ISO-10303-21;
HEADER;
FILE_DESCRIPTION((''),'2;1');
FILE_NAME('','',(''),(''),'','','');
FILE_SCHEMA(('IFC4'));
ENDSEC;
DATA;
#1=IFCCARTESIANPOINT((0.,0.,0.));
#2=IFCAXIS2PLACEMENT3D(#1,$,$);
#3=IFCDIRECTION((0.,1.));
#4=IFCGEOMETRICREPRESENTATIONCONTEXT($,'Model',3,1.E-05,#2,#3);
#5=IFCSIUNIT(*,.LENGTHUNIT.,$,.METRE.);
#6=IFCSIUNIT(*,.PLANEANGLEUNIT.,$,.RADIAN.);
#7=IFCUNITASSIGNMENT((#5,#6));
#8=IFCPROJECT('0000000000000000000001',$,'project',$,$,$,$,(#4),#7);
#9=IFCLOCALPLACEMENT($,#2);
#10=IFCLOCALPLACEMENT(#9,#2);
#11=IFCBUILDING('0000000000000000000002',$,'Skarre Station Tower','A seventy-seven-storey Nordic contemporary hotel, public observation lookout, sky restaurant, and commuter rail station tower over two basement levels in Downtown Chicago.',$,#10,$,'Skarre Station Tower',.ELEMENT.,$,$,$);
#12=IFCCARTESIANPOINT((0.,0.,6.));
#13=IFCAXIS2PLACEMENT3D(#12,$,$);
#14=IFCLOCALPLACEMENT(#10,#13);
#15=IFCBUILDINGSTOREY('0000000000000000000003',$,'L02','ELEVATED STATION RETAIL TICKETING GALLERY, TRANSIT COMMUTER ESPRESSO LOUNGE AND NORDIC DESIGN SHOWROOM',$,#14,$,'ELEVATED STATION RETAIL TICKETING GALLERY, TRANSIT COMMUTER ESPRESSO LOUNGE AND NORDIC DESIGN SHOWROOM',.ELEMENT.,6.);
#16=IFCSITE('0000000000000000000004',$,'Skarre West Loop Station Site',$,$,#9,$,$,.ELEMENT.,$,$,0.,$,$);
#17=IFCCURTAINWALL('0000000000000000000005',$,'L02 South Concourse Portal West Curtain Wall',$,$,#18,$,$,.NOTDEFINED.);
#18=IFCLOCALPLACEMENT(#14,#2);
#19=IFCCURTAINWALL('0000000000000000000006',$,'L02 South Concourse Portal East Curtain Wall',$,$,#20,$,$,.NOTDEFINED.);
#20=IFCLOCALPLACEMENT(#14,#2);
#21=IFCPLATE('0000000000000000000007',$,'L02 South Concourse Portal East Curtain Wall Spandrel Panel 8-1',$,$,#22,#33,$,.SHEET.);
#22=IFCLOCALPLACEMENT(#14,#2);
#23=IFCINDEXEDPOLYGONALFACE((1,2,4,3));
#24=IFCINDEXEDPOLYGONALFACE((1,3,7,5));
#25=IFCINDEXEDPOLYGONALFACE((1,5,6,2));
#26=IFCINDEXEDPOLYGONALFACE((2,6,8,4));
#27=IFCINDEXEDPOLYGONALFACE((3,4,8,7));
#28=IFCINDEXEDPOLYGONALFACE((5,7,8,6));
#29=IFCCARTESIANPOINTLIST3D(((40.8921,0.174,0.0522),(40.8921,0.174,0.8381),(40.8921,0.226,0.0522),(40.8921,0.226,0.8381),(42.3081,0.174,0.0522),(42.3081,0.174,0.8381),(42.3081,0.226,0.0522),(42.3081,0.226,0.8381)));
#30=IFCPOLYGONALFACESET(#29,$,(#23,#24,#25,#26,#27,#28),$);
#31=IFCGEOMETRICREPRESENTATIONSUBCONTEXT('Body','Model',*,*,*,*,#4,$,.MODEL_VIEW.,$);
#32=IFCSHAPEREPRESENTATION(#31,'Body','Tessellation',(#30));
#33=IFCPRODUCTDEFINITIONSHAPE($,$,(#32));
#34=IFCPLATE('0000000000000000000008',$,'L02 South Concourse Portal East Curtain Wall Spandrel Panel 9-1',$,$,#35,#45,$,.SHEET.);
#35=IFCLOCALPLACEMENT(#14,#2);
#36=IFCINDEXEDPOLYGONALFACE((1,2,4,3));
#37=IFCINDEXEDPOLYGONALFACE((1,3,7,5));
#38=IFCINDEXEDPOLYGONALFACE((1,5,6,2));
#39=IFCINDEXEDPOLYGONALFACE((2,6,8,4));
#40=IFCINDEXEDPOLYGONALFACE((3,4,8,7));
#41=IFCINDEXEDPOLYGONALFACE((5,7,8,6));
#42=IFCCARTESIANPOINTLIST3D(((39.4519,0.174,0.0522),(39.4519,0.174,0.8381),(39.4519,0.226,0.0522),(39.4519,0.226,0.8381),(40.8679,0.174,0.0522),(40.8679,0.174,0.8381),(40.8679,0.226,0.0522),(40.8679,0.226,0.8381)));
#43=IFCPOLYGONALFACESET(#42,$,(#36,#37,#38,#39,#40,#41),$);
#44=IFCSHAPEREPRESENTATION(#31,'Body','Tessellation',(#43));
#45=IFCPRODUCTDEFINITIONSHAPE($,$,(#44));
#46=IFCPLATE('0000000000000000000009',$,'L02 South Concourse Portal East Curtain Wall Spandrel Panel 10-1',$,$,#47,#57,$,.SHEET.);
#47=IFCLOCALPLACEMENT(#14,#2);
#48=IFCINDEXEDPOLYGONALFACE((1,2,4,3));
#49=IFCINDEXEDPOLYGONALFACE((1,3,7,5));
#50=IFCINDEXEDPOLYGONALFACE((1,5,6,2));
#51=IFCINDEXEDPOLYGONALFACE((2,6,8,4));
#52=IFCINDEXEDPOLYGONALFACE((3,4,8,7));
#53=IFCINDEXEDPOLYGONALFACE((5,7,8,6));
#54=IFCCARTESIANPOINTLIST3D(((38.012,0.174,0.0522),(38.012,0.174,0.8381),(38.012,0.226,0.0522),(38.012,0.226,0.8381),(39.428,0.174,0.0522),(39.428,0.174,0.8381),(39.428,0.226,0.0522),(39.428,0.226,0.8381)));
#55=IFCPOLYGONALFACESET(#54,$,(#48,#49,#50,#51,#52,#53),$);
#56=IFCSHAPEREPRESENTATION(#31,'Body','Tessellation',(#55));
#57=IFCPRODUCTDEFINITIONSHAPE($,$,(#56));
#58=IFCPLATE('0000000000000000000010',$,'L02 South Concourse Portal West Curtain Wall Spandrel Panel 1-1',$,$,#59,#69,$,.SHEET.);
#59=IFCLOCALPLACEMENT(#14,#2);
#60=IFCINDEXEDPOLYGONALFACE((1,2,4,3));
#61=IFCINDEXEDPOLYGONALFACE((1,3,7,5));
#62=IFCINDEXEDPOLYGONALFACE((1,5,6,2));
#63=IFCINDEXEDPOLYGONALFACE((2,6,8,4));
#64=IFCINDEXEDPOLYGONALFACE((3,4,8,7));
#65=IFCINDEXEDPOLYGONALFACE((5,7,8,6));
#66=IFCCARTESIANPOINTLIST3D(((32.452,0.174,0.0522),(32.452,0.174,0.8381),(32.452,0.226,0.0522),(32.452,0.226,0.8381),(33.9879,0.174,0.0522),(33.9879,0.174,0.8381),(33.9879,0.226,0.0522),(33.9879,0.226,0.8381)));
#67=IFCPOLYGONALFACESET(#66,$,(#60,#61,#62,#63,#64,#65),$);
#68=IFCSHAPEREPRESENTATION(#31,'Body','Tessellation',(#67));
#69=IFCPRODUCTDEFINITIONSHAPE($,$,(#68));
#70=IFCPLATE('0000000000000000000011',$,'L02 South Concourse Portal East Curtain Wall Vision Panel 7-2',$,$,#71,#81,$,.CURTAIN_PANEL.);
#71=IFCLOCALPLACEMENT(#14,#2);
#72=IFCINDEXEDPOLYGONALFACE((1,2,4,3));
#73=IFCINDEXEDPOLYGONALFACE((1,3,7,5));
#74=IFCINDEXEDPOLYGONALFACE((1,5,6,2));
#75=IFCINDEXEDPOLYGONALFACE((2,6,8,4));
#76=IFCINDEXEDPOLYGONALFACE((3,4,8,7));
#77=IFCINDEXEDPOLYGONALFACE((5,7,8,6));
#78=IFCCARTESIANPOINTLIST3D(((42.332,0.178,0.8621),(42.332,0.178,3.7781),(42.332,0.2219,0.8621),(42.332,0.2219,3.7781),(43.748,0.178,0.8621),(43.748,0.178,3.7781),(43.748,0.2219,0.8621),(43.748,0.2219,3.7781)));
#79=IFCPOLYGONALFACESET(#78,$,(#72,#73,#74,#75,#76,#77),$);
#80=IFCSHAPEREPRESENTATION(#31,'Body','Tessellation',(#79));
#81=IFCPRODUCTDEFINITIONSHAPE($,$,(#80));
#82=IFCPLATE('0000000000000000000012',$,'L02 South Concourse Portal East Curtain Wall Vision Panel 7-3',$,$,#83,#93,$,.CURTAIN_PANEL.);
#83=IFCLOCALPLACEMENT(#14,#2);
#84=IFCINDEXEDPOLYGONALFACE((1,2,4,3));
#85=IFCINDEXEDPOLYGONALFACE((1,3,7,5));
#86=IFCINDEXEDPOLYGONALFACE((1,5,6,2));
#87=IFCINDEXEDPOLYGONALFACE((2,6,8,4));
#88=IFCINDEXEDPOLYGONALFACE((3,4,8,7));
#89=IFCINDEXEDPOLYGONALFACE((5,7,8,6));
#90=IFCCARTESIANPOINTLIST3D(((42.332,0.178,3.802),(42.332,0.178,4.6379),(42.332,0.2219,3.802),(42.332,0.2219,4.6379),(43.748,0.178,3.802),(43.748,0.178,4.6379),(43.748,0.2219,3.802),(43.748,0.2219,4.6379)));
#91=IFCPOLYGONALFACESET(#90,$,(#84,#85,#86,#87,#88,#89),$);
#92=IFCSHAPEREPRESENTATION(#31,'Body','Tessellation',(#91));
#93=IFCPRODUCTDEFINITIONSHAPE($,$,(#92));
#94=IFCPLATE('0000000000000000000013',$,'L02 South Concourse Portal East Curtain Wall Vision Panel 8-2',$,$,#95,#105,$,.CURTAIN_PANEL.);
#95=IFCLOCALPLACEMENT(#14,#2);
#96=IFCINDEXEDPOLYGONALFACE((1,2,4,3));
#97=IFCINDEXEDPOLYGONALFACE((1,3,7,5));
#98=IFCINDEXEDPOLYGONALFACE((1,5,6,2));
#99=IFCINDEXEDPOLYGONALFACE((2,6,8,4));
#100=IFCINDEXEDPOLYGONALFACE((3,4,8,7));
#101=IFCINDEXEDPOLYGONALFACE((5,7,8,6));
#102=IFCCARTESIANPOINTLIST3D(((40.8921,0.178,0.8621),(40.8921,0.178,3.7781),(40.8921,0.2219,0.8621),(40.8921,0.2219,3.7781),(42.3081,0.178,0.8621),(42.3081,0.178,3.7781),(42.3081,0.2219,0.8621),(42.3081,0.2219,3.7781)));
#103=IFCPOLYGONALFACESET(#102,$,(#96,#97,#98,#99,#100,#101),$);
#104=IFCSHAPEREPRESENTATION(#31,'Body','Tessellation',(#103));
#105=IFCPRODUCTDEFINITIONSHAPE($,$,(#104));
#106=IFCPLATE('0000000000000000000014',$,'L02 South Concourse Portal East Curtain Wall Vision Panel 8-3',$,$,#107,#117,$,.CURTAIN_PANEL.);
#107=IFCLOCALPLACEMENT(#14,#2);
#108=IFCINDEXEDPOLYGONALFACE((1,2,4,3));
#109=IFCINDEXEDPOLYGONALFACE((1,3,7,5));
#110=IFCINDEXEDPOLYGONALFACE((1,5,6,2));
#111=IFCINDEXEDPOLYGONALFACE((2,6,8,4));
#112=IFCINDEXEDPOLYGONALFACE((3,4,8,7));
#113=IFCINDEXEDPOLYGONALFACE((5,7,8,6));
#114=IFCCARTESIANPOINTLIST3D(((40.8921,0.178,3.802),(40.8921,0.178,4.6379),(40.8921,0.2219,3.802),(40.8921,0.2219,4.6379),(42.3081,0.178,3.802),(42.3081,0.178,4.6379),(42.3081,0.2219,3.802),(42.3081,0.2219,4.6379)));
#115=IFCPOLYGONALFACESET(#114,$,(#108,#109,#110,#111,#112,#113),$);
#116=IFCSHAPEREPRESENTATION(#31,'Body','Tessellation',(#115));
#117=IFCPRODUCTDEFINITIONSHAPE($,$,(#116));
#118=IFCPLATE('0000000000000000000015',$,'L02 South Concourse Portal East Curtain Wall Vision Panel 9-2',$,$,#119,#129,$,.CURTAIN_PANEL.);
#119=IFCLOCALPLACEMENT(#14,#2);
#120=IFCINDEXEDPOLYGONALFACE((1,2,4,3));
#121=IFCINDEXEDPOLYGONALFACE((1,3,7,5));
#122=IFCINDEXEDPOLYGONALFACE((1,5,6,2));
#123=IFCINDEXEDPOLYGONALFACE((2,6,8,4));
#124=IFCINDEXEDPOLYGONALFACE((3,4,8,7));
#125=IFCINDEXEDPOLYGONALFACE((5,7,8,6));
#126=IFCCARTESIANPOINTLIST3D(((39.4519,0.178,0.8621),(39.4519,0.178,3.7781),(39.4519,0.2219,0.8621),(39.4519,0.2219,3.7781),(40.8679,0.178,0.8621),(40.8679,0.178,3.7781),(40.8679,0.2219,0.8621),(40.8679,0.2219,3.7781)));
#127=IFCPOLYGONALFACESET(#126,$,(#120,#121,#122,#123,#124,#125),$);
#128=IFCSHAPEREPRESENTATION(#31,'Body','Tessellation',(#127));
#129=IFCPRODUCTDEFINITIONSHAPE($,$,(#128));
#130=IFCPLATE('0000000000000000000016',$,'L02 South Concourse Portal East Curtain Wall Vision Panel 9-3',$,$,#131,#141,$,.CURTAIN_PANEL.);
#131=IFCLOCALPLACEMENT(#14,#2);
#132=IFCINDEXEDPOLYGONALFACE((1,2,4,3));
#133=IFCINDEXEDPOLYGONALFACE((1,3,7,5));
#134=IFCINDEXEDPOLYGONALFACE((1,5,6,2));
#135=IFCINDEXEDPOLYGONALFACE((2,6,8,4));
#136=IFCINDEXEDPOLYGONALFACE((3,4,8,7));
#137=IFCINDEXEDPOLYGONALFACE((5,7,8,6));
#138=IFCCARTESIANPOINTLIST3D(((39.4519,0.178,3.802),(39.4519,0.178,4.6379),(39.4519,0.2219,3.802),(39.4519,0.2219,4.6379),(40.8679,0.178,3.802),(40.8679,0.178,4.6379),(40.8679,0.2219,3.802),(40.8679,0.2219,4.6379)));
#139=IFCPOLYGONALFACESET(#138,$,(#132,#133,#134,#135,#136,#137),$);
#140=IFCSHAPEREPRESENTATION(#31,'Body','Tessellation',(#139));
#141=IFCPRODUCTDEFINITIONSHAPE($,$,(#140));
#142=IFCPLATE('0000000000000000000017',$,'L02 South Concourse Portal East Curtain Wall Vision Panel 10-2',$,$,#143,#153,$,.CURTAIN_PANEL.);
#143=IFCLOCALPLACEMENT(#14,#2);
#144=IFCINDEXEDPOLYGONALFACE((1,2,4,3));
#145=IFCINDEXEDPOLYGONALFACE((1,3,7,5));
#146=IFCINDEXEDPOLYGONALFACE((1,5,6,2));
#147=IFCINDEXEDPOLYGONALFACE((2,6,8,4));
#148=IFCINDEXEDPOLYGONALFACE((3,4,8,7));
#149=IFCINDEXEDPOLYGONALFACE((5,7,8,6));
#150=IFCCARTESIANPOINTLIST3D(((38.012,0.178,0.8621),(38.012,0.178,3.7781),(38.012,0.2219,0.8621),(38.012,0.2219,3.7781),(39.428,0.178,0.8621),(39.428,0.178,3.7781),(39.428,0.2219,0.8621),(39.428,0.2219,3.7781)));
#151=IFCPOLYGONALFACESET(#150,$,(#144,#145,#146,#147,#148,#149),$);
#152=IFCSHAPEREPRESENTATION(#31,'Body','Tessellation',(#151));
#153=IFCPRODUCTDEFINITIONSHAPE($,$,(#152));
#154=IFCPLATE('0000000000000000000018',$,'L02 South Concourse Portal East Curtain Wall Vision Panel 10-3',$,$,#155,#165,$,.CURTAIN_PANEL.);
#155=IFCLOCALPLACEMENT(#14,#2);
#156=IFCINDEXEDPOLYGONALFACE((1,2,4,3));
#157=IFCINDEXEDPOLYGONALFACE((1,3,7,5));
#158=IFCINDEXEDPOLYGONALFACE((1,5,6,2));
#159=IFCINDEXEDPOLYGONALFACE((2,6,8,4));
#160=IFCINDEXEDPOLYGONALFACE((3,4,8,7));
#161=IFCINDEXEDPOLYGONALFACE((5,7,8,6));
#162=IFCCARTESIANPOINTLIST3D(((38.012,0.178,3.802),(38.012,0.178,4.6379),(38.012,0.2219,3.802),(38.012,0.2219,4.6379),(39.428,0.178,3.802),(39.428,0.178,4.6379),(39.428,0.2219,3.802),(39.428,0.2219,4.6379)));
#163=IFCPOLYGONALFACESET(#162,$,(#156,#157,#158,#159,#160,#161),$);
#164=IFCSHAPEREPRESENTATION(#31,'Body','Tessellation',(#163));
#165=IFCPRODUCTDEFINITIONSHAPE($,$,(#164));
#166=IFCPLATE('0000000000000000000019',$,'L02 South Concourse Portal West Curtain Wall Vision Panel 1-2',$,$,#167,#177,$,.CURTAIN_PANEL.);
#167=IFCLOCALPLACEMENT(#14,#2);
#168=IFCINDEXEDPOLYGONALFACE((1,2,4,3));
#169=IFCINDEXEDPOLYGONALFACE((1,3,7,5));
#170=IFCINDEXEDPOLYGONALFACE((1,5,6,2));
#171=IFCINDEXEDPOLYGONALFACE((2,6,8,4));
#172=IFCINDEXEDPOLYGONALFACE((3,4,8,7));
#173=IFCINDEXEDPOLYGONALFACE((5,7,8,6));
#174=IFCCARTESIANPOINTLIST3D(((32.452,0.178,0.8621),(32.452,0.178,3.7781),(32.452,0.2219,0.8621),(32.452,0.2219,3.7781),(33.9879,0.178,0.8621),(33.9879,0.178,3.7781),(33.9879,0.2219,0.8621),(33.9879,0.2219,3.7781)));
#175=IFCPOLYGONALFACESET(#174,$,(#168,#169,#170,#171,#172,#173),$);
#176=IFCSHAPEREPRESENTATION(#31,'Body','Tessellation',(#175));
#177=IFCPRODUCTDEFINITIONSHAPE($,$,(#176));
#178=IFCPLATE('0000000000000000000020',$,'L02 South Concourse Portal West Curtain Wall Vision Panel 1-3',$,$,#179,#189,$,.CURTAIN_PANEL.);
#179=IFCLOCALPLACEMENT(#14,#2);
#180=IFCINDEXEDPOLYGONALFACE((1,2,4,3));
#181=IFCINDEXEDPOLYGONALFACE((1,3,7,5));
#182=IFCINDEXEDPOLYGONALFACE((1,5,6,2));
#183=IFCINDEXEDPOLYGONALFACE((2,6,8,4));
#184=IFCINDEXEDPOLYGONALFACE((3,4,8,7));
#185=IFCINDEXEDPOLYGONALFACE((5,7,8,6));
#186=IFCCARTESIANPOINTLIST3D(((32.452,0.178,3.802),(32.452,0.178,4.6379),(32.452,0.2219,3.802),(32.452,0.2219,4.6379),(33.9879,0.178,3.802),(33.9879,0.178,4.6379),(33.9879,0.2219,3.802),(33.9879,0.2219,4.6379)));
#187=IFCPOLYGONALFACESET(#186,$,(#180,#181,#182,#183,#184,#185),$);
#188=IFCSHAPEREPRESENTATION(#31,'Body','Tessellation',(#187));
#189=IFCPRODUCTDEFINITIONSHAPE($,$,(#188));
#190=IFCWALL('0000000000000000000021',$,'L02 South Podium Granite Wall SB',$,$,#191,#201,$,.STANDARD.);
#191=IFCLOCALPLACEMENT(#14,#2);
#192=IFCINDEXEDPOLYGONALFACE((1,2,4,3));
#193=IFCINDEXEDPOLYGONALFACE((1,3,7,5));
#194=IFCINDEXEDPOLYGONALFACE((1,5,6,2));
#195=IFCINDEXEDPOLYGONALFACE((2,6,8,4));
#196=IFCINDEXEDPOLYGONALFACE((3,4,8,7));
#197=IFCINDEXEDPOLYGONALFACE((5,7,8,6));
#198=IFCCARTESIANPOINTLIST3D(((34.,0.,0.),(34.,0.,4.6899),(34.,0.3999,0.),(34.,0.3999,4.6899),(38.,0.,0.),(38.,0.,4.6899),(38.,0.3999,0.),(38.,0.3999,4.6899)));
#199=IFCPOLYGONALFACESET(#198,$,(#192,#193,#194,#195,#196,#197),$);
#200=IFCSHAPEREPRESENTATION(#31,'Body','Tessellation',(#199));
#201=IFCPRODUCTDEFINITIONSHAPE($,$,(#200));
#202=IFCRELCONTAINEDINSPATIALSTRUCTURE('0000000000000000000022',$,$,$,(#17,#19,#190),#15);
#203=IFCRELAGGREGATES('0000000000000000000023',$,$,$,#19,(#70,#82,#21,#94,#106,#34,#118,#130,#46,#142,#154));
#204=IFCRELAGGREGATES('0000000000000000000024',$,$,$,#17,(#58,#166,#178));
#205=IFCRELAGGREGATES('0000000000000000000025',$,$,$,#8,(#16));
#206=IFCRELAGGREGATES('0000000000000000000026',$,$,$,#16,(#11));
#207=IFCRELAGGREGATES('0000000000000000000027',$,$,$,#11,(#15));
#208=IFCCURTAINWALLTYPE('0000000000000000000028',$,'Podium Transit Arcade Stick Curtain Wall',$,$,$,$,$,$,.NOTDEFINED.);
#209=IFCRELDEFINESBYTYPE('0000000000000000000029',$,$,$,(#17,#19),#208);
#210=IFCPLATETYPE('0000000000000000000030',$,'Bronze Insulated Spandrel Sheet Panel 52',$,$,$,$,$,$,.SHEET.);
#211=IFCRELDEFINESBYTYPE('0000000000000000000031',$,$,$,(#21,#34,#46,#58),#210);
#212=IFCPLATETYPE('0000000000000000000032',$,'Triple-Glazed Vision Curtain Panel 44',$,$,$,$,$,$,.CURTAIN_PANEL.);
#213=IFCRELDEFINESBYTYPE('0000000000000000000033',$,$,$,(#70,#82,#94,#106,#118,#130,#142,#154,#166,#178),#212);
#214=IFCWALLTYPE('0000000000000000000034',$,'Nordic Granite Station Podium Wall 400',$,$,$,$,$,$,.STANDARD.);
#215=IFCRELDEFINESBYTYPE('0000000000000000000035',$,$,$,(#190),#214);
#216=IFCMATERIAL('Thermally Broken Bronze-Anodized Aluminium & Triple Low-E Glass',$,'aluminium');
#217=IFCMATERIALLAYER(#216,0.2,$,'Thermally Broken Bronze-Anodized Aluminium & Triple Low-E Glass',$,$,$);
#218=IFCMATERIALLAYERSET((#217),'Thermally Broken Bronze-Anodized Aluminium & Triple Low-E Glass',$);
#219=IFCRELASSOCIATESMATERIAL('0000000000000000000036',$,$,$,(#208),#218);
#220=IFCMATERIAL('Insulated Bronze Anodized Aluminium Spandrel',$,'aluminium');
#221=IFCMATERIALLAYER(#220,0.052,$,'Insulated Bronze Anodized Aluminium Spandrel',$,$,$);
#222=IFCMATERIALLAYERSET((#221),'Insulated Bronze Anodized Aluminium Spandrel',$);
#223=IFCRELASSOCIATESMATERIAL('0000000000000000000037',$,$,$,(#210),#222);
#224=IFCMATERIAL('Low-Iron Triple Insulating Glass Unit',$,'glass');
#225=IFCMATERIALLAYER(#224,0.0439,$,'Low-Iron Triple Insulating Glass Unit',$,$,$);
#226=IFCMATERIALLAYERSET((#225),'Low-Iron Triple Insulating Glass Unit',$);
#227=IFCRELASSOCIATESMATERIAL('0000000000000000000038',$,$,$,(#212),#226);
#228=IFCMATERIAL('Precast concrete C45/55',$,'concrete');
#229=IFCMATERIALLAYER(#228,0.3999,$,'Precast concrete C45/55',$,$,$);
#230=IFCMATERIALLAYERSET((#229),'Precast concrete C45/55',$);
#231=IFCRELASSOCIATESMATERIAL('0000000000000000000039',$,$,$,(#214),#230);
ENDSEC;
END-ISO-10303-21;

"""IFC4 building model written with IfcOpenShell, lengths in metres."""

from ifc_helpers import new_model, si_unit, direction, frame, frame_2d, origin, origin_2d, place, context, subcontext, project, spatial, rectangle, extrude, material, layer, layer_set, type_object, element, aggregate, save


model = new_model("IFC4")

# Units and contexts
model_context = context("Model", 3, precision=1e-05, world=origin(), true_north=direction((0.0, 1.0)))
body_context = subcontext(model_context, "Body", "Model", "MODEL_VIEW")
ifc_project = project(units=[si_unit("LENGTHUNIT", "METRE"), si_unit("PLANEANGLEUNIT", "RADIAN")], contexts=[model_context])

# Site, building, storey
site_placement = place(None, origin())
site = spatial("IfcSite", under=ifc_project, at=site_placement, Name="Skarre West Loop Station Site", CompositionType="ELEMENT", RefElevation=0.0)
building_placement = place(site_placement, origin())
building = spatial("IfcBuilding", under=site, at=building_placement, Name="Skarre Station Tower", Description="A seventy-seven-storey Nordic contemporary hotel, public observation lookout, sky restaurant, and commuter rail station tower over two basement levels in Downtown Chicago.", LongName="Skarre Station Tower", CompositionType="ELEMENT")
storey_placement = place(building_placement, frame((0.0, 0.0, 6.0)))
storey = spatial("IfcBuildingStorey", under=building, at=storey_placement, Name="L02", Description="ELEVATED STATION RETAIL TICKETING GALLERY, TRANSIT COMMUTER ESPRESSO LOUNGE AND NORDIC DESIGN SHOWROOM", LongName="ELEVATED STATION RETAIL TICKETING GALLERY, TRANSIT COMMUTER ESPRESSO LOUNGE AND NORDIC DESIGN SHOWROOM", CompositionType="ELEMENT", Elevation=6.0)

# Curtain walls
ifc_material_1 = material(Name="Thermally Broken Bronze-Anodized Aluminium & Triple Low-E Glass", Category="aluminium")
ifc_layer_1 = layer(ifc_material_1, 0.2, Name="Thermally Broken Bronze-Anodized Aluminium & Triple Low-E Glass")
ifc_layer_set_1 = layer_set([ifc_layer_1], Name="Thermally Broken Bronze-Anodized Aluminium & Triple Low-E Glass")
curtain_wall_type = type_object("IfcCurtainWallType", Name="Podium Transit Arcade Stick Curtain Wall", PredefinedType="NOTDEFINED", material=ifc_layer_set_1)
curtain_wall_1_placement = place(storey_placement, origin())
curtain_wall_1 = element("IfcCurtainWall", 1, at=curtain_wall_1_placement, inside=storey, type_object=curtain_wall_type, Name="L02 South Concourse Portal West Curtain Wall", PredefinedType="NOTDEFINED")
curtain_wall_2_placement = place(storey_placement, origin())
curtain_wall_2 = element("IfcCurtainWall", 2, at=curtain_wall_2_placement, inside=storey, type_object=curtain_wall_type, Name="L02 South Concourse Portal East Curtain Wall", PredefinedType="NOTDEFINED")

# Plates
ifc_material_2 = material(Name="Insulated Bronze Anodized Aluminium Spandrel", Category="aluminium")
ifc_layer_2 = layer(ifc_material_2, 0.052, Name="Insulated Bronze Anodized Aluminium Spandrel")
ifc_layer_set_2 = layer_set([ifc_layer_2], Name="Insulated Bronze Anodized Aluminium Spandrel")
plate_type_1 = type_object("IfcPlateType", Name="Bronze Insulated Spandrel Sheet Panel 52", PredefinedType="SHEET", material=ifc_layer_set_2)
plate_1_placement = place(storey_placement, frame((41.6001, 0.2, 0.0522), z_axis=(0.0, 0.0, 1.0), x_axis=(-1.0, 0.0, 0.0)))
plate_1 = element("IfcPlate", 3, at=plate_1_placement, type_object=plate_type_1, Name="L02 South Concourse Portal East Curtain Wall Spandrel Panel 8-1", PredefinedType="SHEET", context=body_context, shape_type="SweptSolid", body=[
    extrude(rectangle(XDim=1.416, YDim=0.052, at=origin_2d()), origin(), (0.0, 0.0, 1.0), 0.7859),
])
plate_2_placement = place(storey_placement, frame((40.1599, 0.2, 0.0522), z_axis=(0.0, 0.0, 1.0), x_axis=(-1.0, 0.0, 0.0)))
plate_2 = element("IfcPlate", 4, at=plate_2_placement, type_object=plate_type_1, Name="L02 South Concourse Portal East Curtain Wall Spandrel Panel 9-1", PredefinedType="SHEET", context=body_context, shape_type="SweptSolid", body=[
    extrude(rectangle(XDim=1.416, YDim=0.052, at=origin_2d()), origin(), (0.0, 0.0, 1.0), 0.7859),
])
plate_3_placement = place(storey_placement, frame((38.72, 0.2, 0.0522), z_axis=(0.0, 0.0, 1.0), x_axis=(-1.0, 0.0, 0.0)))
plate_3 = element("IfcPlate", 5, at=plate_3_placement, type_object=plate_type_1, Name="L02 South Concourse Portal East Curtain Wall Spandrel Panel 10-1", PredefinedType="SHEET", context=body_context, shape_type="SweptSolid", body=[
    extrude(rectangle(XDim=1.416, YDim=0.052, at=origin_2d()), origin(), (0.0, 0.0, 1.0), 0.7859),
])
plate_4_placement = place(storey_placement, frame((33.22, 0.2, 0.0522), z_axis=(0.0, 0.0, 1.0), x_axis=(-1.0, 0.0, 0.0)))
plate_4 = element("IfcPlate", 6, at=plate_4_placement, type_object=plate_type_1, Name="L02 South Concourse Portal West Curtain Wall Spandrel Panel 1-1", PredefinedType="SHEET", context=body_context, shape_type="SweptSolid", body=[
    extrude(rectangle(XDim=1.5359, YDim=0.052, at=origin_2d()), origin(), (0.0, 0.0, 1.0), 0.7859),
])
ifc_material_3 = material(Name="Low-Iron Triple Insulating Glass Unit", Category="glass")
ifc_layer_3 = layer(ifc_material_3, 0.0439, Name="Low-Iron Triple Insulating Glass Unit")
ifc_layer_set_3 = layer_set([ifc_layer_3], Name="Low-Iron Triple Insulating Glass Unit")
plate_type_2 = type_object("IfcPlateType", Name="Triple-Glazed Vision Curtain Panel 44", PredefinedType="CURTAIN_PANEL", material=ifc_layer_set_3)
plate_5_placement = place(storey_placement, frame((43.04, 0.2, 0.8621), z_axis=(0.0, 0.0, 1.0), x_axis=(-1.0, 0.0, 0.0)))
plate_5 = element("IfcPlate", 7, at=plate_5_placement, type_object=plate_type_2, Name="L02 South Concourse Portal East Curtain Wall Vision Panel 7-2", PredefinedType="CURTAIN_PANEL", context=body_context, shape_type="SweptSolid", body=[
    extrude(rectangle(XDim=1.416, YDim=0.0439, at=origin_2d()), origin(), (0.0, 0.0, 1.0), 2.916),
])
plate_6_placement = place(storey_placement, frame((43.04, 0.2, 3.802), z_axis=(0.0, 0.0, 1.0), x_axis=(-1.0, 0.0, 0.0)))
plate_6 = element("IfcPlate", 8, at=plate_6_placement, type_object=plate_type_2, Name="L02 South Concourse Portal East Curtain Wall Vision Panel 7-3", PredefinedType="CURTAIN_PANEL", context=body_context, shape_type="SweptSolid", body=[
    extrude(rectangle(XDim=1.416, YDim=0.0439, at=origin_2d()), origin(), (0.0, 0.0, 1.0), 0.8359),
])
plate_7_placement = place(storey_placement, frame((41.6001, 0.2, 0.8621), z_axis=(0.0, 0.0, 1.0), x_axis=(-1.0, 0.0, 0.0)))
plate_7 = element("IfcPlate", 9, at=plate_7_placement, type_object=plate_type_2, Name="L02 South Concourse Portal East Curtain Wall Vision Panel 8-2", PredefinedType="CURTAIN_PANEL", context=body_context, shape_type="SweptSolid", body=[
    extrude(rectangle(XDim=1.416, YDim=0.0439, at=origin_2d()), origin(), (0.0, 0.0, 1.0), 2.916),
])
plate_8_placement = place(storey_placement, frame((41.6001, 0.2, 3.802), z_axis=(0.0, 0.0, 1.0), x_axis=(-1.0, 0.0, 0.0)))
plate_8 = element("IfcPlate", 10, at=plate_8_placement, type_object=plate_type_2, Name="L02 South Concourse Portal East Curtain Wall Vision Panel 8-3", PredefinedType="CURTAIN_PANEL", context=body_context, shape_type="SweptSolid", body=[
    extrude(rectangle(XDim=1.416, YDim=0.0439, at=origin_2d()), origin(), (0.0, 0.0, 1.0), 0.8359),
])
plate_9_placement = place(storey_placement, frame((40.1599, 0.2, 0.8621), z_axis=(0.0, 0.0, 1.0), x_axis=(-1.0, 0.0, 0.0)))
plate_9 = element("IfcPlate", 11, at=plate_9_placement, type_object=plate_type_2, Name="L02 South Concourse Portal East Curtain Wall Vision Panel 9-2", PredefinedType="CURTAIN_PANEL", context=body_context, shape_type="SweptSolid", body=[
    extrude(rectangle(XDim=1.416, YDim=0.0439, at=origin_2d()), origin(), (0.0, 0.0, 1.0), 2.916),
])
plate_10_placement = place(storey_placement, frame((40.1599, 0.2, 3.802), z_axis=(0.0, 0.0, 1.0), x_axis=(-1.0, 0.0, 0.0)))
plate_10 = element("IfcPlate", 12, at=plate_10_placement, type_object=plate_type_2, Name="L02 South Concourse Portal East Curtain Wall Vision Panel 9-3", PredefinedType="CURTAIN_PANEL", context=body_context, shape_type="SweptSolid", body=[
    extrude(rectangle(XDim=1.416, YDim=0.0439, at=origin_2d()), origin(), (0.0, 0.0, 1.0), 0.8359),
])
plate_11_placement = place(storey_placement, frame((38.72, 0.2, 0.8621), z_axis=(0.0, 0.0, 1.0), x_axis=(-1.0, 0.0, 0.0)))
plate_11 = element("IfcPlate", 13, at=plate_11_placement, type_object=plate_type_2, Name="L02 South Concourse Portal East Curtain Wall Vision Panel 10-2", PredefinedType="CURTAIN_PANEL", context=body_context, shape_type="SweptSolid", body=[
    extrude(rectangle(XDim=1.416, YDim=0.0439, at=origin_2d()), origin(), (0.0, 0.0, 1.0), 2.916),
])
plate_12_placement = place(storey_placement, frame((38.72, 0.2, 3.802), z_axis=(0.0, 0.0, 1.0), x_axis=(-1.0, 0.0, 0.0)))
plate_12 = element("IfcPlate", 14, at=plate_12_placement, type_object=plate_type_2, Name="L02 South Concourse Portal East Curtain Wall Vision Panel 10-3", PredefinedType="CURTAIN_PANEL", context=body_context, shape_type="SweptSolid", body=[
    extrude(rectangle(XDim=1.416, YDim=0.0439, at=origin_2d()), origin(), (0.0, 0.0, 1.0), 0.8359),
])
aggregate(curtain_wall_2, [plate_5, plate_6, plate_1, plate_7, plate_8, plate_2, plate_9, plate_10, plate_3, plate_11, plate_12])
plate_13_placement = place(storey_placement, frame((33.22, 0.2, 0.8621), z_axis=(0.0, 0.0, 1.0), x_axis=(-1.0, 0.0, 0.0)))
plate_13 = element("IfcPlate", 15, at=plate_13_placement, type_object=plate_type_2, Name="L02 South Concourse Portal West Curtain Wall Vision Panel 1-2", PredefinedType="CURTAIN_PANEL", context=body_context, shape_type="SweptSolid", body=[
    extrude(rectangle(XDim=1.5359, YDim=0.0439, at=origin_2d()), origin(), (0.0, 0.0, 1.0), 2.916),
])
plate_14_placement = place(storey_placement, frame((33.22, 0.2, 3.802), z_axis=(0.0, 0.0, 1.0), x_axis=(-1.0, 0.0, 0.0)))
plate_14 = element("IfcPlate", 16, at=plate_14_placement, type_object=plate_type_2, Name="L02 South Concourse Portal West Curtain Wall Vision Panel 1-3", PredefinedType="CURTAIN_PANEL", context=body_context, shape_type="SweptSolid", body=[
    extrude(rectangle(XDim=1.5359, YDim=0.0439, at=origin_2d()), origin(), (0.0, 0.0, 1.0), 0.8359),
])
aggregate(curtain_wall_1, [plate_4, plate_13, plate_14])

# Wall
ifc_material_4 = material(Name="Precast concrete C45/55", Category="concrete")
ifc_layer_4 = layer(ifc_material_4, 0.3999, Name="Precast concrete C45/55")
ifc_layer_set_4 = layer_set([ifc_layer_4], Name="Precast concrete C45/55")
wall_type = type_object("IfcWallType", Name="Nordic Granite Station Podium Wall 400", PredefinedType="STANDARD", material=ifc_layer_set_4)
wall_placement = place(storey_placement, frame((38.0, 0.2, 0.0), z_axis=(0.0, 0.0, 1.0), x_axis=(-1.0, 0.0, 0.0)))
element("IfcWall", 17, at=wall_placement, inside=storey, type_object=wall_type, Name="L02 South Podium Granite Wall SB", PredefinedType="STANDARD", context=body_context, shape_type="SweptSolid", body=[
    extrude(rectangle(XDim=4.0, YDim=0.3999, at=frame_2d((2.0, 0.0))), origin(), (0.0, 0.0, 1.0), 4.6899),
])

save(model, "model.ifc")
